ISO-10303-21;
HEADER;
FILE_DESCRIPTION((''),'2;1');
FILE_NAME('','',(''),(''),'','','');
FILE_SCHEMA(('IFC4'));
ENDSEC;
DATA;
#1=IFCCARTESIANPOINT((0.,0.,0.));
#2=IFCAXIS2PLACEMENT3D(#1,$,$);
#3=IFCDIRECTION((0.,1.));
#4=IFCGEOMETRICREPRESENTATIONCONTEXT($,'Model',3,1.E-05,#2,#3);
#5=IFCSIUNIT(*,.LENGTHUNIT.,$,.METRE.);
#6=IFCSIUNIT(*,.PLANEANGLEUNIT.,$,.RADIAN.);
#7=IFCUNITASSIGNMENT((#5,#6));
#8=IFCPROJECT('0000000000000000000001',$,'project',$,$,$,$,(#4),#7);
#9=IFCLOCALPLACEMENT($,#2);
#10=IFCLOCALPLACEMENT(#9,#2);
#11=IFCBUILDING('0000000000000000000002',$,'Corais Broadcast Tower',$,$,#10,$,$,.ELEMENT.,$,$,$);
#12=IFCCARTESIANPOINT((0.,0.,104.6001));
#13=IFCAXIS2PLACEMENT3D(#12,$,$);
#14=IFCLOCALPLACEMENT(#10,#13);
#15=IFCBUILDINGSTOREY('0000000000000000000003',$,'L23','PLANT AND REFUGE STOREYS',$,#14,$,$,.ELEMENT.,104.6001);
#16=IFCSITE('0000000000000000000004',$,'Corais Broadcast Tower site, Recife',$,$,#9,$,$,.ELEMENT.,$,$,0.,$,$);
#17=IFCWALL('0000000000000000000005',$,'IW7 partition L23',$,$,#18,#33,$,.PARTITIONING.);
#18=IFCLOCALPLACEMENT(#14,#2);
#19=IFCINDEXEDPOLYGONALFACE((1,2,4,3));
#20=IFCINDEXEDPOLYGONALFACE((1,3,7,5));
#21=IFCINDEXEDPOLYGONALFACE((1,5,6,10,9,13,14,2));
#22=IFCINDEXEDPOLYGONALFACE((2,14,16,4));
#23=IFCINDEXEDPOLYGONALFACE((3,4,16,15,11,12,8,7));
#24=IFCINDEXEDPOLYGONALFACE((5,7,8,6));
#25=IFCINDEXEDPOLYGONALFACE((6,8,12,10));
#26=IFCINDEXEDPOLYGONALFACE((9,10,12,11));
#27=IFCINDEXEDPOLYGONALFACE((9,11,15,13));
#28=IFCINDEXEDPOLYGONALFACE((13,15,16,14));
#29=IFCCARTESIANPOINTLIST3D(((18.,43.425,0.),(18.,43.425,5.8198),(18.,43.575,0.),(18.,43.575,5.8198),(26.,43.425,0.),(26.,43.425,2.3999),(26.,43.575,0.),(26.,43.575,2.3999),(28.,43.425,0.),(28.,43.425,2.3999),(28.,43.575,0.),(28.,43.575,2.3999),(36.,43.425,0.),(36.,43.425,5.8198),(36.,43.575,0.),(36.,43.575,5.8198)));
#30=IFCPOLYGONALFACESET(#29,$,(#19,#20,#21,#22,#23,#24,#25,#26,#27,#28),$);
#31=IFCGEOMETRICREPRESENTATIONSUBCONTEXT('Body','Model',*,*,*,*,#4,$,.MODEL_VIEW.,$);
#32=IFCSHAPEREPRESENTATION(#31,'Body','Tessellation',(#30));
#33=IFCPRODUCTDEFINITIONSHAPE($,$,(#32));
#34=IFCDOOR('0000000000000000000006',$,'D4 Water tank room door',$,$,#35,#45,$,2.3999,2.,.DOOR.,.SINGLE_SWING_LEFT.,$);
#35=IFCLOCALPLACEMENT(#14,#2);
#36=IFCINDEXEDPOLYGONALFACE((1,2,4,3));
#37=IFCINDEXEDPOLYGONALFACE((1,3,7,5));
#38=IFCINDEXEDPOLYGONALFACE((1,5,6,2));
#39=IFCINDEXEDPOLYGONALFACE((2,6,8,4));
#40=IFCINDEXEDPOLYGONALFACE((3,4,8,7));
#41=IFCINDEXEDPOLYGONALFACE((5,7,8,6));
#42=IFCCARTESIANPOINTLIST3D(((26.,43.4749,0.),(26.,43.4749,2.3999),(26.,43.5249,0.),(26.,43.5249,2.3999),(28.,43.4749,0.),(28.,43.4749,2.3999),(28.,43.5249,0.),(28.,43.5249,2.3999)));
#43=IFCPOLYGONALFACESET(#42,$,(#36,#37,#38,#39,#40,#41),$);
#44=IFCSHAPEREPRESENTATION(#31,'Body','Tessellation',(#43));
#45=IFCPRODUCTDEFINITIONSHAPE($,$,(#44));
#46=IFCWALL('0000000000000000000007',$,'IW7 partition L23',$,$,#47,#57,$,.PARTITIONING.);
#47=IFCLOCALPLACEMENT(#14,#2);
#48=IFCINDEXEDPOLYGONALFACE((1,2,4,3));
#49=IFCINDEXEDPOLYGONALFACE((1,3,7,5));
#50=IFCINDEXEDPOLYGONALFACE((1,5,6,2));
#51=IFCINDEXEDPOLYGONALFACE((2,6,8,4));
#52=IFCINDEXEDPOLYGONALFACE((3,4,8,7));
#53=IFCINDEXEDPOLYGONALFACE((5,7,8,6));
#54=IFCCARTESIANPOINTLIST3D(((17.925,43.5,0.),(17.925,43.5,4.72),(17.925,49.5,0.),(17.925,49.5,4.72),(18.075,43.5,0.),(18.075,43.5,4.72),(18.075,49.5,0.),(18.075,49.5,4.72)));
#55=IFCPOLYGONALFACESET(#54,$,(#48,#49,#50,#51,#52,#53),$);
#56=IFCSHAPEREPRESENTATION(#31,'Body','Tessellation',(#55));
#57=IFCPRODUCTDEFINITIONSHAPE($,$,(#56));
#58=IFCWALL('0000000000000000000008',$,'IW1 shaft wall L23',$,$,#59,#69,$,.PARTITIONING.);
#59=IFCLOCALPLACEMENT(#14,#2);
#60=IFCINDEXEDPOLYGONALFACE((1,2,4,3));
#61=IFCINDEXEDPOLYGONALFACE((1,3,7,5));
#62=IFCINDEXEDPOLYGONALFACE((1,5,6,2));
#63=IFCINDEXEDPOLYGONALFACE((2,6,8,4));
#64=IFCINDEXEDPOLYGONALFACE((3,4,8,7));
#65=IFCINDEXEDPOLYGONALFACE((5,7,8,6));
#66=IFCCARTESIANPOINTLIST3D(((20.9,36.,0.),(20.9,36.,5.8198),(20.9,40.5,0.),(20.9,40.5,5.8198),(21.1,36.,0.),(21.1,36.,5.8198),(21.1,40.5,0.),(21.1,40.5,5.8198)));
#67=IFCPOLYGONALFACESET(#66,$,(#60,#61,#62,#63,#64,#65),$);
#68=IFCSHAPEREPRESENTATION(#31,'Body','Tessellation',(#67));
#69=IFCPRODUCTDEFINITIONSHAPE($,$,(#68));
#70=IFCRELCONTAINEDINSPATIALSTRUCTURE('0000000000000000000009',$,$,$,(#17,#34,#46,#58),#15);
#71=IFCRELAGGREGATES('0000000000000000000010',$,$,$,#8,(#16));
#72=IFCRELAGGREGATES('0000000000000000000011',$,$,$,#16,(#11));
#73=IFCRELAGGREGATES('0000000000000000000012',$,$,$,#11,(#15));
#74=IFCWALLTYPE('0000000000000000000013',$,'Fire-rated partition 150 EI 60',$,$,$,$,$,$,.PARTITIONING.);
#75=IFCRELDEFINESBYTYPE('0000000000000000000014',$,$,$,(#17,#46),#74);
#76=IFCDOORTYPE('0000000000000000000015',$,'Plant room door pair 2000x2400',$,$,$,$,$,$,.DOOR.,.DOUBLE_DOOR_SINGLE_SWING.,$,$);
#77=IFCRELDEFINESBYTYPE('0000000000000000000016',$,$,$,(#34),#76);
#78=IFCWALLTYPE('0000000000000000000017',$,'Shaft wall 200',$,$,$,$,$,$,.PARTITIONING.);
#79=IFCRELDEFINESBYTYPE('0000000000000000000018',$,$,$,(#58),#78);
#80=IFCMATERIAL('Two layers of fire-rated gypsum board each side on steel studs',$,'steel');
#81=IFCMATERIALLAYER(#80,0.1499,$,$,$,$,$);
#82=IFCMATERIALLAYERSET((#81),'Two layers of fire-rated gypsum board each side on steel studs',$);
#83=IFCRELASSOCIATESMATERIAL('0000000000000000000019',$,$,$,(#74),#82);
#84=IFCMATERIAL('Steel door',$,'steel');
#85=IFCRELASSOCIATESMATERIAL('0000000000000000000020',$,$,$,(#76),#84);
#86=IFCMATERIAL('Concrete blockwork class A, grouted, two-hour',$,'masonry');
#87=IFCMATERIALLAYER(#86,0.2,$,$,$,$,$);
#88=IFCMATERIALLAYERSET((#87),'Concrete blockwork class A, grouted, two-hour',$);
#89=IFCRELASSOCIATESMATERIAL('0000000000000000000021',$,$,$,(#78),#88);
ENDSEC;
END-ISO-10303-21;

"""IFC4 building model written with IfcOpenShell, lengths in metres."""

from ifc_helpers import new_model, si_unit, direction, frame, frame_2d, origin, place, context, subcontext, project, spatial, rectangle, extrude, material, layer, layer_set, type_object, element, fill, save


model = new_model("IFC4")

# Units and contexts
model_context = context("Model", 3, precision=1e-05, world=origin(), true_north=direction((0.0, 1.0)))
body_context = subcontext(model_context, "Body", "Model", "MODEL_VIEW")
ifc_project = project(units=[si_unit("LENGTHUNIT", "METRE"), si_unit("PLANEANGLEUNIT", "RADIAN")], contexts=[model_context])

# Site, building, storey
site_placement = place(None, origin())
site = spatial("IfcSite", under=ifc_project, at=site_placement, Name="Corais Broadcast Tower site, Recife", CompositionType="ELEMENT", RefElevation=0.0)
building_placement = place(site_placement, origin())
building = spatial("IfcBuilding", under=site, at=building_placement, Name="Corais Broadcast Tower", CompositionType="ELEMENT")
storey_placement = place(building_placement, frame((0.0, 0.0, 104.6001)))
storey = spatial("IfcBuildingStorey", under=building, at=storey_placement, Name="L23", Description="PLANT AND REFUGE STOREYS", CompositionType="ELEMENT", Elevation=104.6001)

# Wall, opening, door
ifc_material_1 = material(Name="Two layers of fire-rated gypsum board each side on steel studs", Category="steel")
ifc_layer_1 = layer(ifc_material_1, 0.1499)
ifc_layer_set_1 = layer_set([ifc_layer_1], Name="Two layers of fire-rated gypsum board each side on steel studs")
wall_type_1 = type_object("IfcWallType", Name="Fire-rated partition 150 EI 60", PredefinedType="PARTITIONING", material=ifc_layer_set_1)
wall_1_placement = place(storey_placement, frame((18.0, 43.5, 0.0), z_axis=(0.0, 0.0, 1.0), x_axis=(1.0, 0.0, 0.0)))
wall_1 = element("IfcWall", 1, at=wall_1_placement, inside=storey, type_object=wall_type_1, Name="IW7 partition L23", PredefinedType="PARTITIONING", context=body_context, shape_type="SweptSolid", body=[
    extrude(rectangle(XDim=18.0, YDim=0.1499, at=frame_2d((9.0, 0.0))), origin(), (0.0, 0.0, 1.0), 5.8198),
])
opening_1_placement = place(wall_1_placement, frame((8.0, 0.0, 0.0)))
opening_1 = element("IfcOpeningElement", 2, at=opening_1_placement, cuts=wall_1, PredefinedType="OPENING", context=body_context, shape_type="SweptSolid", body=[
    extrude(rectangle(XDim=2.0, YDim=2.3999, at=frame_2d((1.0, 1.2))), frame((0.0, 0.085, 0.0), z_axis=(0.0, -1.0, 0.0), x_axis=(1.0, 0.0, 0.0)), (0.0, 0.0, 1.0), 0.1699),
])
ifc_material_2 = material(Name="Steel door", Category="steel")
door_type_1 = type_object("IfcDoorType", Name="Plant room door pair 2000x2400", OperationType="DOUBLE_DOOR_SINGLE_SWING", PredefinedType="DOOR", material=ifc_material_2)
door_1_placement = place(opening_1_placement, origin())
door_1 = element("IfcDoor", 3, at=door_1_placement, inside=storey, type_object=door_type_1, Name="D4 Water tank room door", OperationType="SINGLE_SWING_LEFT", OverallHeight=2.3999, OverallWidth=2.0, PredefinedType="DOOR", context=body_context, shape_type="SweptSolid", body=[
    extrude(rectangle(XDim=2.0, YDim=2.3999, at=frame_2d((1.0, 1.2))), frame((0.0, 0.0249, 0.0), z_axis=(0.0, -1.0, 0.0), x_axis=(1.0, 0.0, 0.0)), (0.0, 0.0, 1.0), 0.05),
])
fill(opening_1, door_1)

# Walls
wall_2_placement = place(storey_placement, frame((18.0, 49.5, 0.0), z_axis=(0.0, 0.0, 1.0), x_axis=(0.0, -1.0, 0.0)))
element("IfcWall", 4, at=wall_2_placement, inside=storey, type_object=wall_type_1, Name="IW7 partition L23", PredefinedType="PARTITIONING", context=body_context, shape_type="SweptSolid", body=[
    extrude(rectangle(XDim=6.0, YDim=0.1499, at=frame_2d((3.0, 0.0))), origin(), (0.0, 0.0, 1.0), 4.72),
])
ifc_material_3 = material(Name="Concrete blockwork class A, grouted, two-hour", Category="masonry")
ifc_layer_2 = layer(ifc_material_3, 0.2)
ifc_layer_set_2 = layer_set([ifc_layer_2], Name="Concrete blockwork class A, grouted, two-hour")
wall_type_2 = type_object("IfcWallType", Name="Shaft wall 200", PredefinedType="PARTITIONING", material=ifc_layer_set_2)
wall_3_placement = place(storey_placement, frame((21.0, 36.0, 0.0), z_axis=(0.0, 0.0, 1.0), x_axis=(0.0, 1.0, 0.0)))
element("IfcWall", 5, at=wall_3_placement, inside=storey, type_object=wall_type_2, Name="IW1 shaft wall L23", PredefinedType="PARTITIONING", context=body_context, shape_type="SweptSolid", body=[
    extrude(rectangle(XDim=4.5, YDim=0.2, at=frame_2d((2.25, 0.0))), origin(), (0.0, 0.0, 1.0), 5.8198),
])

save(model, "model.ifc")
